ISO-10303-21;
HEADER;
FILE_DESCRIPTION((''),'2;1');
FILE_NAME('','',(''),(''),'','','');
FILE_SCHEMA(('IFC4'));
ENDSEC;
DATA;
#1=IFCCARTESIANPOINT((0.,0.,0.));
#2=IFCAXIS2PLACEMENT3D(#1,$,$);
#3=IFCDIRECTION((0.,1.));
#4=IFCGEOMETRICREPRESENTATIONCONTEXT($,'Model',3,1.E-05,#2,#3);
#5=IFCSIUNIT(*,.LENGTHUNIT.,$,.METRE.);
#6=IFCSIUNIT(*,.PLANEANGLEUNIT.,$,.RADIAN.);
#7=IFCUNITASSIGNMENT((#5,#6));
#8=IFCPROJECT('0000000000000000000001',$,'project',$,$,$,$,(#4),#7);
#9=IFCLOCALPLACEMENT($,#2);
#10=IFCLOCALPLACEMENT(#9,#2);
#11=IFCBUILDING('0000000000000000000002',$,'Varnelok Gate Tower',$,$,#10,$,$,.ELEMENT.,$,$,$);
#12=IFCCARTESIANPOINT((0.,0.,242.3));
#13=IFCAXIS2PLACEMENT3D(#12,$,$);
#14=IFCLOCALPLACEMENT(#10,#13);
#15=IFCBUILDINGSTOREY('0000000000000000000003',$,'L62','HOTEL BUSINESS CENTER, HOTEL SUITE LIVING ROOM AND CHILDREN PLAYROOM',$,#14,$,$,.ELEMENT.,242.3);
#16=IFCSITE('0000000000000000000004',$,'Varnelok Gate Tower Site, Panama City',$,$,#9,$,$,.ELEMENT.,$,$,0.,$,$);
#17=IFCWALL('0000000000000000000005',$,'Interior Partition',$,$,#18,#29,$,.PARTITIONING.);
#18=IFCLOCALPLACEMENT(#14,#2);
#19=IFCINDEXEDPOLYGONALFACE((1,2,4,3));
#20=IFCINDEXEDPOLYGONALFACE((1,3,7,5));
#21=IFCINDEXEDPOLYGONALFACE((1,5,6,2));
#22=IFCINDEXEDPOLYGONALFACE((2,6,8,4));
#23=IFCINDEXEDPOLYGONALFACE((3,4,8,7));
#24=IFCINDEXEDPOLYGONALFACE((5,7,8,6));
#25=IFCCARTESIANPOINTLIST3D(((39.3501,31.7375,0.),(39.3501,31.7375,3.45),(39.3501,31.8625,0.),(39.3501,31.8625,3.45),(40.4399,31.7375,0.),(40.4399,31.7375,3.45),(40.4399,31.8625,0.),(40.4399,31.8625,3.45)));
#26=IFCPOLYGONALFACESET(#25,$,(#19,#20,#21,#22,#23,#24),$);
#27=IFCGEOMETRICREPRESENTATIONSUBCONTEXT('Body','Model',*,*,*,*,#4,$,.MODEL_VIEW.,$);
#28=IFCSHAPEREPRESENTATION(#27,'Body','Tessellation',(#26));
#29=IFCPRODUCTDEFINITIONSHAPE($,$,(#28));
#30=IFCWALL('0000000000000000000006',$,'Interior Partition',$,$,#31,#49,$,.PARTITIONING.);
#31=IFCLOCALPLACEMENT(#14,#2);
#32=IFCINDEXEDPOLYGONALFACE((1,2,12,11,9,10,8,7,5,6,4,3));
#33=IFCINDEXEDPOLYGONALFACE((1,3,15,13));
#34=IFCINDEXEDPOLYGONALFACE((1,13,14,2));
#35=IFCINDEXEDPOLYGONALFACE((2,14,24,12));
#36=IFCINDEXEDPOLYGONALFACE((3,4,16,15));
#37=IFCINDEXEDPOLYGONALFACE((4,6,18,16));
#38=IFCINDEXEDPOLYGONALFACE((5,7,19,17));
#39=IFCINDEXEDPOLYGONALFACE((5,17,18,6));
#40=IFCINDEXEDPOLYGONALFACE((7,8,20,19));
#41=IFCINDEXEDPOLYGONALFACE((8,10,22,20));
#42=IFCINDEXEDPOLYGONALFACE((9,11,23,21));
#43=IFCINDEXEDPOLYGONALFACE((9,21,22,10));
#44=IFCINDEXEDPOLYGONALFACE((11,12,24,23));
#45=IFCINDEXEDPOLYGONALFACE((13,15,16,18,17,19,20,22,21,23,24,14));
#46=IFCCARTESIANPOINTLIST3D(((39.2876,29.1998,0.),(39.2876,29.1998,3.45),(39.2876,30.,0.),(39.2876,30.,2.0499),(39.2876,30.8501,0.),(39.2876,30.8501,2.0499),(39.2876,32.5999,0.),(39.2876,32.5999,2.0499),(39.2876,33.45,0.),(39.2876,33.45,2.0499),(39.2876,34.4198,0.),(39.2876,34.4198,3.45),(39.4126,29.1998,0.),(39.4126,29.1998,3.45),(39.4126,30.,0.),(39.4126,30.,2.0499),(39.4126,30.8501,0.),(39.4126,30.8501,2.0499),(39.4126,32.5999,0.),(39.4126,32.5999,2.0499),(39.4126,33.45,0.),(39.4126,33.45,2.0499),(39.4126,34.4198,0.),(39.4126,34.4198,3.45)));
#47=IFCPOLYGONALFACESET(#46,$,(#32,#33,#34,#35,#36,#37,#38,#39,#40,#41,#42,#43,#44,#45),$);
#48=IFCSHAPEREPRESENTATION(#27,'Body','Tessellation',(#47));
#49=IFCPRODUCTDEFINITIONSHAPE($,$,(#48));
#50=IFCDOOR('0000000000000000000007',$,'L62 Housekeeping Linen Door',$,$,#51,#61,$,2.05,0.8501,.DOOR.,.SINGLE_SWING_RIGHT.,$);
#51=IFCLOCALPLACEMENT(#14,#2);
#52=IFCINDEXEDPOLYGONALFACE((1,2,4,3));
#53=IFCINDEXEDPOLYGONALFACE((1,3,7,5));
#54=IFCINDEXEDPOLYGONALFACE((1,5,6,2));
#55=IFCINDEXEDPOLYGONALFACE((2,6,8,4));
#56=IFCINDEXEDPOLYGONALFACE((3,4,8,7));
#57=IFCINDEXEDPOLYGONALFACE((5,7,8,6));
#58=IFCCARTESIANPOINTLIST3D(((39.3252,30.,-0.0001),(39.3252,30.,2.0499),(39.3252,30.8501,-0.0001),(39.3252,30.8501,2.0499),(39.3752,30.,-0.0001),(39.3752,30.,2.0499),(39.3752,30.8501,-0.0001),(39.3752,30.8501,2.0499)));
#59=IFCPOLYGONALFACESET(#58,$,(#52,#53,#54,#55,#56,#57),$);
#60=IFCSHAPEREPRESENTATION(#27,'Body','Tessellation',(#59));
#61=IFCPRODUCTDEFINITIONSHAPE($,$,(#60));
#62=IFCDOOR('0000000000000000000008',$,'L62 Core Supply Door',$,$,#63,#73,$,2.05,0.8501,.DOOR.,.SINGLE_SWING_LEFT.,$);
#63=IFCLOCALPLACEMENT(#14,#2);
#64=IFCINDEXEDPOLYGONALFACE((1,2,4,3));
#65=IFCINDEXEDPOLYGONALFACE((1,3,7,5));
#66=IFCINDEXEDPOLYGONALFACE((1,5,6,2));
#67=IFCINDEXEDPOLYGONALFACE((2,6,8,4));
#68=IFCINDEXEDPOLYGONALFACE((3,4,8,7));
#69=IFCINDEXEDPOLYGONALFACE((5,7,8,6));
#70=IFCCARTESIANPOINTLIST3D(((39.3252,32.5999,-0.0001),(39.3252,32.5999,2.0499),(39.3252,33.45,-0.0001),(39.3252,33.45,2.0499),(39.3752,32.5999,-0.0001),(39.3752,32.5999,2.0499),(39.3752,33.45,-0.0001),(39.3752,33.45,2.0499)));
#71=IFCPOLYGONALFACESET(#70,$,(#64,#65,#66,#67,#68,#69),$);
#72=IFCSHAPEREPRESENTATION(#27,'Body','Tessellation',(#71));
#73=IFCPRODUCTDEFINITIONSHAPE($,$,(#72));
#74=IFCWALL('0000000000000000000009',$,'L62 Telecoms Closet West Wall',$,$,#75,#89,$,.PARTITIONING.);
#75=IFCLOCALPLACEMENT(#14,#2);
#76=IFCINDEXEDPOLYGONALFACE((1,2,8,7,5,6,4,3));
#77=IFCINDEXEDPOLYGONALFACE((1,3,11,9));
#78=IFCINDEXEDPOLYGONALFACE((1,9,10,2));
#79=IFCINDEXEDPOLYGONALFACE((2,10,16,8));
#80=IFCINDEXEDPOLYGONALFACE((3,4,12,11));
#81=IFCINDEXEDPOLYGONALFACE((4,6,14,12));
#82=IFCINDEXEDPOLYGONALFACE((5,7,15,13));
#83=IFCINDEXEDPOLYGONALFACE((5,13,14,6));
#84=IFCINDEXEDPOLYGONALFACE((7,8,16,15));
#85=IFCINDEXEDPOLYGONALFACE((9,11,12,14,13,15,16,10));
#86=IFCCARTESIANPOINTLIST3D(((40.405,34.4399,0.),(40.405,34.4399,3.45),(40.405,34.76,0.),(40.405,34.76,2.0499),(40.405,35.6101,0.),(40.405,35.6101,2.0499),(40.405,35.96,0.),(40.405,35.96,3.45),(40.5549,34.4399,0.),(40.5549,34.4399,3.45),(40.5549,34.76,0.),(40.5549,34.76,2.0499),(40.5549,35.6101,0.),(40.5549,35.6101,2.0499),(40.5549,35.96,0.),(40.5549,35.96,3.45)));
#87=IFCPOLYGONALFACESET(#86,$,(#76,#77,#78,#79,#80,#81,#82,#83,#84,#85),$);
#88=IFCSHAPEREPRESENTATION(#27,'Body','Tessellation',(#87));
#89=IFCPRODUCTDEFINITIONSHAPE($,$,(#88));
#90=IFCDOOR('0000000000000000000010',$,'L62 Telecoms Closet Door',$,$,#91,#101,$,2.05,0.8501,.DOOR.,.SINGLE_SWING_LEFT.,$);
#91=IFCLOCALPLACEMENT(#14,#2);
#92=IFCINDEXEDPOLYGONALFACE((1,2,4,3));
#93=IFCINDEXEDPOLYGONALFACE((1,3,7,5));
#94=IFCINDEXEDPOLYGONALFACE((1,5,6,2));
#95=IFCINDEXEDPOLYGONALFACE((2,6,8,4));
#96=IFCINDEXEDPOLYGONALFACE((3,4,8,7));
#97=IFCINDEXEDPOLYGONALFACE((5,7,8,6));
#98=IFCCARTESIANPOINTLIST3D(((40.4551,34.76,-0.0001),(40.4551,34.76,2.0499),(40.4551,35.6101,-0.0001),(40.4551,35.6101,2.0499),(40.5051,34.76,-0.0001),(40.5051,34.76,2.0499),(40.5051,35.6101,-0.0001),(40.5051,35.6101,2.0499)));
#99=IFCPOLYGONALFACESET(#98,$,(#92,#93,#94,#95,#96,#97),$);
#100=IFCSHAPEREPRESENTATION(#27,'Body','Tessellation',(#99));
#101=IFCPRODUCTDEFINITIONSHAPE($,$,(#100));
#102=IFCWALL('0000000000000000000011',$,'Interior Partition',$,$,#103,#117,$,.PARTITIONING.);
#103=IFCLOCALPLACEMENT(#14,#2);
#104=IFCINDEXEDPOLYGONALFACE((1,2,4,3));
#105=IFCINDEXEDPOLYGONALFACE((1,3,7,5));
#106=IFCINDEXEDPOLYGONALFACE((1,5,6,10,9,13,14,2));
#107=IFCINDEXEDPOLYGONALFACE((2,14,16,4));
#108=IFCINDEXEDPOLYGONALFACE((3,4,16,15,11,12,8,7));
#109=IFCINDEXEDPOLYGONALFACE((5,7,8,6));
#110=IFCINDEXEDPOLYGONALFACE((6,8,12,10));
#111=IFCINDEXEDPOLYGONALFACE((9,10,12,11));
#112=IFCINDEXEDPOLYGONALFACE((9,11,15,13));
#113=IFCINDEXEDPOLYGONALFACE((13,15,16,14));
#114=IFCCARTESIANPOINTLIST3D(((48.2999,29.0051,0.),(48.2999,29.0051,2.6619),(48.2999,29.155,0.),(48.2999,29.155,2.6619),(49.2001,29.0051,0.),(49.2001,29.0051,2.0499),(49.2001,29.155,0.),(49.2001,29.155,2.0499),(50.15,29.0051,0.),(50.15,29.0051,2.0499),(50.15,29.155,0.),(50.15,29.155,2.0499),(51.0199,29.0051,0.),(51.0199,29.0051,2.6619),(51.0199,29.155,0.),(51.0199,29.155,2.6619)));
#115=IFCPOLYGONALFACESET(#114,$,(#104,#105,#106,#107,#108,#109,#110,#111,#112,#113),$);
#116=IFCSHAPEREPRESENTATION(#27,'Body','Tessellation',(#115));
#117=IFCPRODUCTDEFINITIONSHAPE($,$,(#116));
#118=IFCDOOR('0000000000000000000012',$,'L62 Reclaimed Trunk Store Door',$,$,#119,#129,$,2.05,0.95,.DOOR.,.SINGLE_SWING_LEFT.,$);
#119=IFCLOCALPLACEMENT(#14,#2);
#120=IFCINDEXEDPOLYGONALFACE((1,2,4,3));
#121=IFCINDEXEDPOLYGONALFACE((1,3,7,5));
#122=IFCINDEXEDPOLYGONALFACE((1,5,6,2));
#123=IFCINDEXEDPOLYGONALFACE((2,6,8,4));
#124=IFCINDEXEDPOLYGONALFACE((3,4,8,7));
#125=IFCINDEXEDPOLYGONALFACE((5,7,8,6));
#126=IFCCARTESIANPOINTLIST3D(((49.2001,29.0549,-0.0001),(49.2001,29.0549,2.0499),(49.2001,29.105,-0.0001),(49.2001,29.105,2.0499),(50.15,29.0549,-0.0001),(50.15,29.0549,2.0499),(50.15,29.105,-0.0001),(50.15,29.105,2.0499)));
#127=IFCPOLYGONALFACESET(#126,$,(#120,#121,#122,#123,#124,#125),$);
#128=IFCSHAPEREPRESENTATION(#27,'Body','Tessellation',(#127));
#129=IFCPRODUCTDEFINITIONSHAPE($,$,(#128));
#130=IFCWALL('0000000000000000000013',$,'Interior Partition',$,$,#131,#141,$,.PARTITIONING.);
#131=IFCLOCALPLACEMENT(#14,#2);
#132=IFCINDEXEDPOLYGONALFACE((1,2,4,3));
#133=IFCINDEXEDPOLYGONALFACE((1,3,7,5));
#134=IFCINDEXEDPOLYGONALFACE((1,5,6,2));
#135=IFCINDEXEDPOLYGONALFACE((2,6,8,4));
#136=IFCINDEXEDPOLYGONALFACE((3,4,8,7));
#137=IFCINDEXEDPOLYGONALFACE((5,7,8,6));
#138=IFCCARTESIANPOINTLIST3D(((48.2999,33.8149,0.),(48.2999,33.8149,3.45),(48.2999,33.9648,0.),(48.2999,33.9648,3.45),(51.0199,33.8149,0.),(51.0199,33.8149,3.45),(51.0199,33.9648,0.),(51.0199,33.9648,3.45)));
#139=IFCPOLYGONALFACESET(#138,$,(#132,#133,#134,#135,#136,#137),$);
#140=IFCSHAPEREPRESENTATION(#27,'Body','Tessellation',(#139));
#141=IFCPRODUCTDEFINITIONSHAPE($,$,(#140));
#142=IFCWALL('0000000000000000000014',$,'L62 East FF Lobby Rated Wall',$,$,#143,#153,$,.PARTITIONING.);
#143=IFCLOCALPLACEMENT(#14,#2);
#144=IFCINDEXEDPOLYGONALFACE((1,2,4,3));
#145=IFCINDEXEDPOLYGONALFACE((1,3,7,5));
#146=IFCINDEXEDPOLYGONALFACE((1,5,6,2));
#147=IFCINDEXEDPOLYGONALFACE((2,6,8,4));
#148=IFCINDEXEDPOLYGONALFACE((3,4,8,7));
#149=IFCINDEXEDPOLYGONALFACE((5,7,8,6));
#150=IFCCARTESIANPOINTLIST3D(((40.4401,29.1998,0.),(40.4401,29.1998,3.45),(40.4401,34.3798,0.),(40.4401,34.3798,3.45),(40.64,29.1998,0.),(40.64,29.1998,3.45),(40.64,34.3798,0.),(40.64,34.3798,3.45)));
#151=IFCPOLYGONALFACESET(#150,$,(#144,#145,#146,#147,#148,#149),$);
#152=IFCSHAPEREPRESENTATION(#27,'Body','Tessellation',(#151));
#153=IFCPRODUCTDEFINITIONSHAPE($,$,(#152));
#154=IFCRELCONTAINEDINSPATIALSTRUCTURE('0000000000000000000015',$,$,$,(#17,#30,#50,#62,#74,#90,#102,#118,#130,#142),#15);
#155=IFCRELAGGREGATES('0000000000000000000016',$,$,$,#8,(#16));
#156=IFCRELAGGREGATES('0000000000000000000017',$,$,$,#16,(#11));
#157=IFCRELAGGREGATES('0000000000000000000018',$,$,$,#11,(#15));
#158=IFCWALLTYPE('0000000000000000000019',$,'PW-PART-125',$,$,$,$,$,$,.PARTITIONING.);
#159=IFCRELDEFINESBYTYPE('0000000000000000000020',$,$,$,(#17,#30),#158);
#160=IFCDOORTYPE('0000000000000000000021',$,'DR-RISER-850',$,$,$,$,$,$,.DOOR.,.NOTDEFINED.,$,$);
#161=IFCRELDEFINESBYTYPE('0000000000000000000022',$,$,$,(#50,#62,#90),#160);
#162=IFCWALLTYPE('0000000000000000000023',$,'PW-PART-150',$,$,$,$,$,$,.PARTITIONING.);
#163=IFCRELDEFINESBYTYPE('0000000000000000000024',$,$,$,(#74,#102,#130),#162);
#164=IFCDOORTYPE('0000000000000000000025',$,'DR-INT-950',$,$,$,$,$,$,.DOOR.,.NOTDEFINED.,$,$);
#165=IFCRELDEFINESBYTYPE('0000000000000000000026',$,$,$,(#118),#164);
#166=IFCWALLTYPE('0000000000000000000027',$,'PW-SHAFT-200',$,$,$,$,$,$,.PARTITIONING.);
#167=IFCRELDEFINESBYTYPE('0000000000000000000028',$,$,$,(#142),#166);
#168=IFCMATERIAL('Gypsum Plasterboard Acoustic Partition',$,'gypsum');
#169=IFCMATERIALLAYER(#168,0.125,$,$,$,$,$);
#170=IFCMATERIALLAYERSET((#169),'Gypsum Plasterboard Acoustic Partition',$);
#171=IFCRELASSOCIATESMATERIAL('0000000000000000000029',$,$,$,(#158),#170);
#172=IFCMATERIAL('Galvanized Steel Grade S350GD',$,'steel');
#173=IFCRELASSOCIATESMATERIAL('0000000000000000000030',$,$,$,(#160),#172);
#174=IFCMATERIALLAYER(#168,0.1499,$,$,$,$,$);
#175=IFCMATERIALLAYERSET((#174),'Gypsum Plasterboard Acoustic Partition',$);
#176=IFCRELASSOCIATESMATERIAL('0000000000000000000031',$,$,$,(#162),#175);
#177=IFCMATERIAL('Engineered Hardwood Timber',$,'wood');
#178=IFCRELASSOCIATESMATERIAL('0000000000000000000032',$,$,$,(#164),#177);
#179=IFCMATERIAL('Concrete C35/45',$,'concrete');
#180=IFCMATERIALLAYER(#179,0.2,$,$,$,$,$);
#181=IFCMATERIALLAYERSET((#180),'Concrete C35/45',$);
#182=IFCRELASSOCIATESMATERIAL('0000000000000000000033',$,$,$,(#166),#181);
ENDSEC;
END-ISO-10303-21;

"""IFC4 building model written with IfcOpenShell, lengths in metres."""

from ifc_helpers import new_model, si_unit, direction, frame, frame_2d, origin, place, context, subcontext, project, spatial, rectangle, extrude, material, layer, layer_set, type_object, element, fill, save


model = new_model("IFC4")

# Units and contexts
model_context = context("Model", 3, precision=1e-05, world=origin(), true_north=direction((0.0, 1.0)))
body_context = subcontext(model_context, "Body", "Model", "MODEL_VIEW")
ifc_project = project(units=[si_unit("LENGTHUNIT", "METRE"), si_unit("PLANEANGLEUNIT", "RADIAN")], contexts=[model_context])

# Site, building, storey
site_placement = place(None, origin())
site = spatial("IfcSite", under=ifc_project, at=site_placement, Name="Varnelok Gate Tower Site, Panama City", CompositionType="ELEMENT", RefElevation=0.0)
building_placement = place(site_placement, origin())
building = spatial("IfcBuilding", under=site, at=building_placement, Name="Varnelok Gate Tower", CompositionType="ELEMENT")
storey_placement = place(building_placement, frame((0.0, 0.0, 242.3)))
storey = spatial("IfcBuildingStorey", under=building, at=storey_placement, Name="L62", Description="HOTEL BUSINESS CENTER, HOTEL SUITE LIVING ROOM AND CHILDREN PLAYROOM", CompositionType="ELEMENT", Elevation=242.3)

# Wall
ifc_material_1 = material(Name="Gypsum Plasterboard Acoustic Partition", Category="gypsum")
ifc_layer_1 = layer(ifc_material_1, 0.125)
ifc_layer_set_1 = layer_set([ifc_layer_1], Name="Gypsum Plasterboard Acoustic Partition")
wall_type_1 = type_object("IfcWallType", Name="PW-PART-125", PredefinedType="PARTITIONING", material=ifc_layer_set_1)
wall_1_placement = place(storey_placement, frame((39.3501, 31.8, 0.0), z_axis=(0.0, 0.0, 1.0), x_axis=(1.0, 0.0, 0.0)))
element("IfcWall", 1, at=wall_1_placement, inside=storey, type_object=wall_type_1, Name="Interior Partition", PredefinedType="PARTITIONING", context=body_context, shape_type="SweptSolid", body=[
    extrude(rectangle(XDim=1.0898, YDim=0.125, at=frame_2d((0.5449, 0.0))), origin(), (0.0, 0.0, 1.0), 3.45),
])

# Wall, openings, doors
wall_2_placement = place(storey_placement, frame((39.3501, 29.2, 0.0), z_axis=(0.0, 0.0, 1.0), x_axis=(0.0, 1.0, 0.0)))
wall_2 = element("IfcWall", 2, at=wall_2_placement, inside=storey, type_object=wall_type_1, Name="Interior Partition", PredefinedType="PARTITIONING", context=body_context, shape_type="SweptSolid", body=[
    extrude(rectangle(XDim=5.22, YDim=0.125, at=frame_2d((2.6099, 0.0))), origin(), (0.0, 0.0, 1.0), 3.45),
])
opening_1_placement = place(wall_2_placement, frame((0.8, 0.0, 0.0)))
opening_1 = element("IfcOpeningElement", 3, at=opening_1_placement, cuts=wall_2, PredefinedType="OPENING", context=body_context, shape_type="SweptSolid", body=[
    extrude(rectangle(XDim=0.8501, YDim=2.05, at=frame_2d((0.425, 1.0249))), frame((0.0, 0.0725, 0.0), z_axis=(0.0, -1.0, 0.0), x_axis=(1.0, 0.0, 0.0)), (0.0, 0.0, 1.0), 0.145),
])
opening_2_placement = place(wall_2_placement, frame((3.3999, 0.0, 0.0)))
opening_2 = element("IfcOpeningElement", 4, at=opening_2_placement, cuts=wall_2, PredefinedType="OPENING", context=body_context, shape_type="SweptSolid", body=[
    extrude(rectangle(XDim=0.8501, YDim=2.05, at=frame_2d((0.425, 1.0249))), frame((0.0, 0.0725, 0.0), z_axis=(0.0, -1.0, 0.0), x_axis=(1.0, 0.0, 0.0)), (0.0, 0.0, 1.0), 0.145),
])
ifc_material_2 = material(Name="Galvanized Steel Grade S350GD", Category="steel")
door_type_1 = type_object("IfcDoorType", Name="DR-RISER-850", OperationType="NOTDEFINED", PredefinedType="DOOR", material=ifc_material_2)
door_1_placement = place(opening_1_placement, origin())
door_1 = element("IfcDoor", 5, at=door_1_placement, inside=storey, type_object=door_type_1, Name="L62 Housekeeping Linen Door", OperationType="SINGLE_SWING_RIGHT", OverallHeight=2.05, OverallWidth=0.8501, PredefinedType="DOOR", context=body_context, shape_type="SweptSolid", body=[
    extrude(rectangle(XDim=0.8501, YDim=2.05, at=frame_2d((0.425, 1.0249))), frame((0.0, 0.0249, 0.0), z_axis=(0.0, -1.0, 0.0), x_axis=(1.0, 0.0, 0.0)), (0.0, 0.0, 1.0), 0.05),
])
fill(opening_1, door_1)
door_2_placement = place(opening_2_placement, origin())
door_2 = element("IfcDoor", 6, at=door_2_placement, inside=storey, type_object=door_type_1, Name="L62 Core Supply Door", OperationType="SINGLE_SWING_LEFT", OverallHeight=2.05, OverallWidth=0.8501, PredefinedType="DOOR", context=body_context, shape_type="SweptSolid", body=[
    extrude(rectangle(XDim=0.8501, YDim=2.05, at=frame_2d((0.425, 1.0249))), frame((0.0, 0.0249, 0.0), z_axis=(0.0, -1.0, 0.0), x_axis=(1.0, 0.0, 0.0)), (0.0, 0.0, 1.0), 0.05),
])
fill(opening_2, door_2)

# Walls, openings, doors
ifc_layer_2 = layer(ifc_material_1, 0.1499)
ifc_layer_set_2 = layer_set([ifc_layer_2], Name="Gypsum Plasterboard Acoustic Partition")
wall_type_2 = type_object("IfcWallType", Name="PW-PART-150", PredefinedType="PARTITIONING", material=ifc_layer_set_2)
wall_3_placement = place(storey_placement, frame((40.48, 34.4399, 0.0), z_axis=(0.0, 0.0, 1.0), x_axis=(0.0, 1.0, 0.0)))
wall_3 = element("IfcWall", 7, at=wall_3_placement, inside=storey, type_object=wall_type_2, Name="L62 Telecoms Closet West Wall", PredefinedType="PARTITIONING", context=body_context, shape_type="SweptSolid", body=[
    extrude(rectangle(XDim=1.52, YDim=0.1499, at=frame_2d((0.76, 0.0))), origin(), (0.0, 0.0, 1.0), 3.45),
])
opening_3_placement = place(wall_3_placement, frame((0.3201, 0.0, 0.0)))
opening_3 = element("IfcOpeningElement", 8, at=opening_3_placement, cuts=wall_3, PredefinedType="OPENING", context=body_context, shape_type="SweptSolid", body=[
    extrude(rectangle(XDim=0.8501, YDim=2.05, at=frame_2d((0.425, 1.0249))), frame((0.0, 0.085, 0.0), z_axis=(0.0, -1.0, 0.0), x_axis=(1.0, 0.0, 0.0)), (0.0, 0.0, 1.0), 0.1699),
])
door_3_placement = place(opening_3_placement, origin())
door_3 = element("IfcDoor", 9, at=door_3_placement, inside=storey, type_object=door_type_1, Name="L62 Telecoms Closet Door", OperationType="SINGLE_SWING_LEFT", OverallHeight=2.05, OverallWidth=0.8501, PredefinedType="DOOR", context=body_context, shape_type="SweptSolid", body=[
    extrude(rectangle(XDim=0.8501, YDim=2.05, at=frame_2d((0.425, 1.0249))), frame((0.0, 0.0249, 0.0), z_axis=(0.0, -1.0, 0.0), x_axis=(1.0, 0.0, 0.0)), (0.0, 0.0, 1.0), 0.05),
])
fill(opening_3, door_3)
wall_4_placement = place(storey_placement, frame((48.3, 29.0801, 0.0), z_axis=(0.0, 0.0, 1.0), x_axis=(1.0, 0.0, 0.0)))
wall_4 = element("IfcWall", 10, at=wall_4_placement, inside=storey, type_object=wall_type_2, Name="Interior Partition", PredefinedType="PARTITIONING", context=body_context, shape_type="SweptSolid", body=[
    extrude(rectangle(XDim=2.72, YDim=0.1499, at=frame_2d((1.3599, 0.0))), origin(), (0.0, 0.0, 1.0), 2.6619),
])
opening_4_placement = place(wall_4_placement, frame((0.8999, 0.0, 0.0)))
opening_4 = element("IfcOpeningElement", 11, at=opening_4_placement, cuts=wall_4, PredefinedType="OPENING", context=body_context, shape_type="SweptSolid", body=[
    extrude(rectangle(XDim=0.95, YDim=2.05, at=frame_2d((0.4751, 1.0249))), frame((0.0, 0.085, 0.0), z_axis=(0.0, -1.0, 0.0), x_axis=(1.0, 0.0, 0.0)), (0.0, 0.0, 1.0), 0.1699),
])
ifc_material_3 = material(Name="Engineered Hardwood Timber", Category="wood")
door_type_2 = type_object("IfcDoorType", Name="DR-INT-950", OperationType="NOTDEFINED", PredefinedType="DOOR", material=ifc_material_3)
door_4_placement = place(opening_4_placement, origin())
door_4 = element("IfcDoor", 12, at=door_4_placement, inside=storey, type_object=door_type_2, Name="L62 Reclaimed Trunk Store Door", OperationType="SINGLE_SWING_LEFT", OverallHeight=2.05, OverallWidth=0.95, PredefinedType="DOOR", context=body_context, shape_type="SweptSolid", body=[
    extrude(rectangle(XDim=0.95, YDim=2.05, at=frame_2d((0.4751, 1.0249))), frame((0.0, 0.0249, 0.0), z_axis=(0.0, -1.0, 0.0), x_axis=(1.0, 0.0, 0.0)), (0.0, 0.0, 1.0), 0.05),
])
fill(opening_4, door_4)

# Walls
wall_5_placement = place(storey_placement, frame((48.3, 33.8899, 0.0), z_axis=(0.0, 0.0, 1.0), x_axis=(1.0, 0.0, 0.0)))
element("IfcWall", 13, at=wall_5_placement, inside=storey, type_object=wall_type_2, Name="Interior Partition", PredefinedType="PARTITIONING", context=body_context, shape_type="SweptSolid", body=[
    extrude(rectangle(XDim=2.72, YDim=0.1499, at=frame_2d((1.3599, 0.0))), origin(), (0.0, 0.0, 1.0), 3.45),
])
ifc_material_4 = material(Name="Concrete C35/45", Category="concrete")
ifc_layer_3 = layer(ifc_material_4, 0.2)
ifc_layer_set_3 = layer_set([ifc_layer_3], Name="Concrete C35/45")
wall_type_3 = type_object("IfcWallType", Name="PW-SHAFT-200", PredefinedType="PARTITIONING", material=ifc_layer_set_3)
wall_6_placement = place(storey_placement, frame((40.54, 29.2, 0.0), z_axis=(0.0, 0.0, 1.0), x_axis=(0.0, 1.0, 0.0)))
element("IfcWall", 14, at=wall_6_placement, inside=storey, type_object=wall_type_3, Name="L62 East FF Lobby Rated Wall", PredefinedType="PARTITIONING", context=body_context, shape_type="SweptSolid", body=[
    extrude(rectangle(XDim=5.1799, YDim=0.2, at=frame_2d((2.5898, 0.0))), origin(), (0.0, 0.0, 1.0), 3.45),
])

save(model, "model.ifc")
